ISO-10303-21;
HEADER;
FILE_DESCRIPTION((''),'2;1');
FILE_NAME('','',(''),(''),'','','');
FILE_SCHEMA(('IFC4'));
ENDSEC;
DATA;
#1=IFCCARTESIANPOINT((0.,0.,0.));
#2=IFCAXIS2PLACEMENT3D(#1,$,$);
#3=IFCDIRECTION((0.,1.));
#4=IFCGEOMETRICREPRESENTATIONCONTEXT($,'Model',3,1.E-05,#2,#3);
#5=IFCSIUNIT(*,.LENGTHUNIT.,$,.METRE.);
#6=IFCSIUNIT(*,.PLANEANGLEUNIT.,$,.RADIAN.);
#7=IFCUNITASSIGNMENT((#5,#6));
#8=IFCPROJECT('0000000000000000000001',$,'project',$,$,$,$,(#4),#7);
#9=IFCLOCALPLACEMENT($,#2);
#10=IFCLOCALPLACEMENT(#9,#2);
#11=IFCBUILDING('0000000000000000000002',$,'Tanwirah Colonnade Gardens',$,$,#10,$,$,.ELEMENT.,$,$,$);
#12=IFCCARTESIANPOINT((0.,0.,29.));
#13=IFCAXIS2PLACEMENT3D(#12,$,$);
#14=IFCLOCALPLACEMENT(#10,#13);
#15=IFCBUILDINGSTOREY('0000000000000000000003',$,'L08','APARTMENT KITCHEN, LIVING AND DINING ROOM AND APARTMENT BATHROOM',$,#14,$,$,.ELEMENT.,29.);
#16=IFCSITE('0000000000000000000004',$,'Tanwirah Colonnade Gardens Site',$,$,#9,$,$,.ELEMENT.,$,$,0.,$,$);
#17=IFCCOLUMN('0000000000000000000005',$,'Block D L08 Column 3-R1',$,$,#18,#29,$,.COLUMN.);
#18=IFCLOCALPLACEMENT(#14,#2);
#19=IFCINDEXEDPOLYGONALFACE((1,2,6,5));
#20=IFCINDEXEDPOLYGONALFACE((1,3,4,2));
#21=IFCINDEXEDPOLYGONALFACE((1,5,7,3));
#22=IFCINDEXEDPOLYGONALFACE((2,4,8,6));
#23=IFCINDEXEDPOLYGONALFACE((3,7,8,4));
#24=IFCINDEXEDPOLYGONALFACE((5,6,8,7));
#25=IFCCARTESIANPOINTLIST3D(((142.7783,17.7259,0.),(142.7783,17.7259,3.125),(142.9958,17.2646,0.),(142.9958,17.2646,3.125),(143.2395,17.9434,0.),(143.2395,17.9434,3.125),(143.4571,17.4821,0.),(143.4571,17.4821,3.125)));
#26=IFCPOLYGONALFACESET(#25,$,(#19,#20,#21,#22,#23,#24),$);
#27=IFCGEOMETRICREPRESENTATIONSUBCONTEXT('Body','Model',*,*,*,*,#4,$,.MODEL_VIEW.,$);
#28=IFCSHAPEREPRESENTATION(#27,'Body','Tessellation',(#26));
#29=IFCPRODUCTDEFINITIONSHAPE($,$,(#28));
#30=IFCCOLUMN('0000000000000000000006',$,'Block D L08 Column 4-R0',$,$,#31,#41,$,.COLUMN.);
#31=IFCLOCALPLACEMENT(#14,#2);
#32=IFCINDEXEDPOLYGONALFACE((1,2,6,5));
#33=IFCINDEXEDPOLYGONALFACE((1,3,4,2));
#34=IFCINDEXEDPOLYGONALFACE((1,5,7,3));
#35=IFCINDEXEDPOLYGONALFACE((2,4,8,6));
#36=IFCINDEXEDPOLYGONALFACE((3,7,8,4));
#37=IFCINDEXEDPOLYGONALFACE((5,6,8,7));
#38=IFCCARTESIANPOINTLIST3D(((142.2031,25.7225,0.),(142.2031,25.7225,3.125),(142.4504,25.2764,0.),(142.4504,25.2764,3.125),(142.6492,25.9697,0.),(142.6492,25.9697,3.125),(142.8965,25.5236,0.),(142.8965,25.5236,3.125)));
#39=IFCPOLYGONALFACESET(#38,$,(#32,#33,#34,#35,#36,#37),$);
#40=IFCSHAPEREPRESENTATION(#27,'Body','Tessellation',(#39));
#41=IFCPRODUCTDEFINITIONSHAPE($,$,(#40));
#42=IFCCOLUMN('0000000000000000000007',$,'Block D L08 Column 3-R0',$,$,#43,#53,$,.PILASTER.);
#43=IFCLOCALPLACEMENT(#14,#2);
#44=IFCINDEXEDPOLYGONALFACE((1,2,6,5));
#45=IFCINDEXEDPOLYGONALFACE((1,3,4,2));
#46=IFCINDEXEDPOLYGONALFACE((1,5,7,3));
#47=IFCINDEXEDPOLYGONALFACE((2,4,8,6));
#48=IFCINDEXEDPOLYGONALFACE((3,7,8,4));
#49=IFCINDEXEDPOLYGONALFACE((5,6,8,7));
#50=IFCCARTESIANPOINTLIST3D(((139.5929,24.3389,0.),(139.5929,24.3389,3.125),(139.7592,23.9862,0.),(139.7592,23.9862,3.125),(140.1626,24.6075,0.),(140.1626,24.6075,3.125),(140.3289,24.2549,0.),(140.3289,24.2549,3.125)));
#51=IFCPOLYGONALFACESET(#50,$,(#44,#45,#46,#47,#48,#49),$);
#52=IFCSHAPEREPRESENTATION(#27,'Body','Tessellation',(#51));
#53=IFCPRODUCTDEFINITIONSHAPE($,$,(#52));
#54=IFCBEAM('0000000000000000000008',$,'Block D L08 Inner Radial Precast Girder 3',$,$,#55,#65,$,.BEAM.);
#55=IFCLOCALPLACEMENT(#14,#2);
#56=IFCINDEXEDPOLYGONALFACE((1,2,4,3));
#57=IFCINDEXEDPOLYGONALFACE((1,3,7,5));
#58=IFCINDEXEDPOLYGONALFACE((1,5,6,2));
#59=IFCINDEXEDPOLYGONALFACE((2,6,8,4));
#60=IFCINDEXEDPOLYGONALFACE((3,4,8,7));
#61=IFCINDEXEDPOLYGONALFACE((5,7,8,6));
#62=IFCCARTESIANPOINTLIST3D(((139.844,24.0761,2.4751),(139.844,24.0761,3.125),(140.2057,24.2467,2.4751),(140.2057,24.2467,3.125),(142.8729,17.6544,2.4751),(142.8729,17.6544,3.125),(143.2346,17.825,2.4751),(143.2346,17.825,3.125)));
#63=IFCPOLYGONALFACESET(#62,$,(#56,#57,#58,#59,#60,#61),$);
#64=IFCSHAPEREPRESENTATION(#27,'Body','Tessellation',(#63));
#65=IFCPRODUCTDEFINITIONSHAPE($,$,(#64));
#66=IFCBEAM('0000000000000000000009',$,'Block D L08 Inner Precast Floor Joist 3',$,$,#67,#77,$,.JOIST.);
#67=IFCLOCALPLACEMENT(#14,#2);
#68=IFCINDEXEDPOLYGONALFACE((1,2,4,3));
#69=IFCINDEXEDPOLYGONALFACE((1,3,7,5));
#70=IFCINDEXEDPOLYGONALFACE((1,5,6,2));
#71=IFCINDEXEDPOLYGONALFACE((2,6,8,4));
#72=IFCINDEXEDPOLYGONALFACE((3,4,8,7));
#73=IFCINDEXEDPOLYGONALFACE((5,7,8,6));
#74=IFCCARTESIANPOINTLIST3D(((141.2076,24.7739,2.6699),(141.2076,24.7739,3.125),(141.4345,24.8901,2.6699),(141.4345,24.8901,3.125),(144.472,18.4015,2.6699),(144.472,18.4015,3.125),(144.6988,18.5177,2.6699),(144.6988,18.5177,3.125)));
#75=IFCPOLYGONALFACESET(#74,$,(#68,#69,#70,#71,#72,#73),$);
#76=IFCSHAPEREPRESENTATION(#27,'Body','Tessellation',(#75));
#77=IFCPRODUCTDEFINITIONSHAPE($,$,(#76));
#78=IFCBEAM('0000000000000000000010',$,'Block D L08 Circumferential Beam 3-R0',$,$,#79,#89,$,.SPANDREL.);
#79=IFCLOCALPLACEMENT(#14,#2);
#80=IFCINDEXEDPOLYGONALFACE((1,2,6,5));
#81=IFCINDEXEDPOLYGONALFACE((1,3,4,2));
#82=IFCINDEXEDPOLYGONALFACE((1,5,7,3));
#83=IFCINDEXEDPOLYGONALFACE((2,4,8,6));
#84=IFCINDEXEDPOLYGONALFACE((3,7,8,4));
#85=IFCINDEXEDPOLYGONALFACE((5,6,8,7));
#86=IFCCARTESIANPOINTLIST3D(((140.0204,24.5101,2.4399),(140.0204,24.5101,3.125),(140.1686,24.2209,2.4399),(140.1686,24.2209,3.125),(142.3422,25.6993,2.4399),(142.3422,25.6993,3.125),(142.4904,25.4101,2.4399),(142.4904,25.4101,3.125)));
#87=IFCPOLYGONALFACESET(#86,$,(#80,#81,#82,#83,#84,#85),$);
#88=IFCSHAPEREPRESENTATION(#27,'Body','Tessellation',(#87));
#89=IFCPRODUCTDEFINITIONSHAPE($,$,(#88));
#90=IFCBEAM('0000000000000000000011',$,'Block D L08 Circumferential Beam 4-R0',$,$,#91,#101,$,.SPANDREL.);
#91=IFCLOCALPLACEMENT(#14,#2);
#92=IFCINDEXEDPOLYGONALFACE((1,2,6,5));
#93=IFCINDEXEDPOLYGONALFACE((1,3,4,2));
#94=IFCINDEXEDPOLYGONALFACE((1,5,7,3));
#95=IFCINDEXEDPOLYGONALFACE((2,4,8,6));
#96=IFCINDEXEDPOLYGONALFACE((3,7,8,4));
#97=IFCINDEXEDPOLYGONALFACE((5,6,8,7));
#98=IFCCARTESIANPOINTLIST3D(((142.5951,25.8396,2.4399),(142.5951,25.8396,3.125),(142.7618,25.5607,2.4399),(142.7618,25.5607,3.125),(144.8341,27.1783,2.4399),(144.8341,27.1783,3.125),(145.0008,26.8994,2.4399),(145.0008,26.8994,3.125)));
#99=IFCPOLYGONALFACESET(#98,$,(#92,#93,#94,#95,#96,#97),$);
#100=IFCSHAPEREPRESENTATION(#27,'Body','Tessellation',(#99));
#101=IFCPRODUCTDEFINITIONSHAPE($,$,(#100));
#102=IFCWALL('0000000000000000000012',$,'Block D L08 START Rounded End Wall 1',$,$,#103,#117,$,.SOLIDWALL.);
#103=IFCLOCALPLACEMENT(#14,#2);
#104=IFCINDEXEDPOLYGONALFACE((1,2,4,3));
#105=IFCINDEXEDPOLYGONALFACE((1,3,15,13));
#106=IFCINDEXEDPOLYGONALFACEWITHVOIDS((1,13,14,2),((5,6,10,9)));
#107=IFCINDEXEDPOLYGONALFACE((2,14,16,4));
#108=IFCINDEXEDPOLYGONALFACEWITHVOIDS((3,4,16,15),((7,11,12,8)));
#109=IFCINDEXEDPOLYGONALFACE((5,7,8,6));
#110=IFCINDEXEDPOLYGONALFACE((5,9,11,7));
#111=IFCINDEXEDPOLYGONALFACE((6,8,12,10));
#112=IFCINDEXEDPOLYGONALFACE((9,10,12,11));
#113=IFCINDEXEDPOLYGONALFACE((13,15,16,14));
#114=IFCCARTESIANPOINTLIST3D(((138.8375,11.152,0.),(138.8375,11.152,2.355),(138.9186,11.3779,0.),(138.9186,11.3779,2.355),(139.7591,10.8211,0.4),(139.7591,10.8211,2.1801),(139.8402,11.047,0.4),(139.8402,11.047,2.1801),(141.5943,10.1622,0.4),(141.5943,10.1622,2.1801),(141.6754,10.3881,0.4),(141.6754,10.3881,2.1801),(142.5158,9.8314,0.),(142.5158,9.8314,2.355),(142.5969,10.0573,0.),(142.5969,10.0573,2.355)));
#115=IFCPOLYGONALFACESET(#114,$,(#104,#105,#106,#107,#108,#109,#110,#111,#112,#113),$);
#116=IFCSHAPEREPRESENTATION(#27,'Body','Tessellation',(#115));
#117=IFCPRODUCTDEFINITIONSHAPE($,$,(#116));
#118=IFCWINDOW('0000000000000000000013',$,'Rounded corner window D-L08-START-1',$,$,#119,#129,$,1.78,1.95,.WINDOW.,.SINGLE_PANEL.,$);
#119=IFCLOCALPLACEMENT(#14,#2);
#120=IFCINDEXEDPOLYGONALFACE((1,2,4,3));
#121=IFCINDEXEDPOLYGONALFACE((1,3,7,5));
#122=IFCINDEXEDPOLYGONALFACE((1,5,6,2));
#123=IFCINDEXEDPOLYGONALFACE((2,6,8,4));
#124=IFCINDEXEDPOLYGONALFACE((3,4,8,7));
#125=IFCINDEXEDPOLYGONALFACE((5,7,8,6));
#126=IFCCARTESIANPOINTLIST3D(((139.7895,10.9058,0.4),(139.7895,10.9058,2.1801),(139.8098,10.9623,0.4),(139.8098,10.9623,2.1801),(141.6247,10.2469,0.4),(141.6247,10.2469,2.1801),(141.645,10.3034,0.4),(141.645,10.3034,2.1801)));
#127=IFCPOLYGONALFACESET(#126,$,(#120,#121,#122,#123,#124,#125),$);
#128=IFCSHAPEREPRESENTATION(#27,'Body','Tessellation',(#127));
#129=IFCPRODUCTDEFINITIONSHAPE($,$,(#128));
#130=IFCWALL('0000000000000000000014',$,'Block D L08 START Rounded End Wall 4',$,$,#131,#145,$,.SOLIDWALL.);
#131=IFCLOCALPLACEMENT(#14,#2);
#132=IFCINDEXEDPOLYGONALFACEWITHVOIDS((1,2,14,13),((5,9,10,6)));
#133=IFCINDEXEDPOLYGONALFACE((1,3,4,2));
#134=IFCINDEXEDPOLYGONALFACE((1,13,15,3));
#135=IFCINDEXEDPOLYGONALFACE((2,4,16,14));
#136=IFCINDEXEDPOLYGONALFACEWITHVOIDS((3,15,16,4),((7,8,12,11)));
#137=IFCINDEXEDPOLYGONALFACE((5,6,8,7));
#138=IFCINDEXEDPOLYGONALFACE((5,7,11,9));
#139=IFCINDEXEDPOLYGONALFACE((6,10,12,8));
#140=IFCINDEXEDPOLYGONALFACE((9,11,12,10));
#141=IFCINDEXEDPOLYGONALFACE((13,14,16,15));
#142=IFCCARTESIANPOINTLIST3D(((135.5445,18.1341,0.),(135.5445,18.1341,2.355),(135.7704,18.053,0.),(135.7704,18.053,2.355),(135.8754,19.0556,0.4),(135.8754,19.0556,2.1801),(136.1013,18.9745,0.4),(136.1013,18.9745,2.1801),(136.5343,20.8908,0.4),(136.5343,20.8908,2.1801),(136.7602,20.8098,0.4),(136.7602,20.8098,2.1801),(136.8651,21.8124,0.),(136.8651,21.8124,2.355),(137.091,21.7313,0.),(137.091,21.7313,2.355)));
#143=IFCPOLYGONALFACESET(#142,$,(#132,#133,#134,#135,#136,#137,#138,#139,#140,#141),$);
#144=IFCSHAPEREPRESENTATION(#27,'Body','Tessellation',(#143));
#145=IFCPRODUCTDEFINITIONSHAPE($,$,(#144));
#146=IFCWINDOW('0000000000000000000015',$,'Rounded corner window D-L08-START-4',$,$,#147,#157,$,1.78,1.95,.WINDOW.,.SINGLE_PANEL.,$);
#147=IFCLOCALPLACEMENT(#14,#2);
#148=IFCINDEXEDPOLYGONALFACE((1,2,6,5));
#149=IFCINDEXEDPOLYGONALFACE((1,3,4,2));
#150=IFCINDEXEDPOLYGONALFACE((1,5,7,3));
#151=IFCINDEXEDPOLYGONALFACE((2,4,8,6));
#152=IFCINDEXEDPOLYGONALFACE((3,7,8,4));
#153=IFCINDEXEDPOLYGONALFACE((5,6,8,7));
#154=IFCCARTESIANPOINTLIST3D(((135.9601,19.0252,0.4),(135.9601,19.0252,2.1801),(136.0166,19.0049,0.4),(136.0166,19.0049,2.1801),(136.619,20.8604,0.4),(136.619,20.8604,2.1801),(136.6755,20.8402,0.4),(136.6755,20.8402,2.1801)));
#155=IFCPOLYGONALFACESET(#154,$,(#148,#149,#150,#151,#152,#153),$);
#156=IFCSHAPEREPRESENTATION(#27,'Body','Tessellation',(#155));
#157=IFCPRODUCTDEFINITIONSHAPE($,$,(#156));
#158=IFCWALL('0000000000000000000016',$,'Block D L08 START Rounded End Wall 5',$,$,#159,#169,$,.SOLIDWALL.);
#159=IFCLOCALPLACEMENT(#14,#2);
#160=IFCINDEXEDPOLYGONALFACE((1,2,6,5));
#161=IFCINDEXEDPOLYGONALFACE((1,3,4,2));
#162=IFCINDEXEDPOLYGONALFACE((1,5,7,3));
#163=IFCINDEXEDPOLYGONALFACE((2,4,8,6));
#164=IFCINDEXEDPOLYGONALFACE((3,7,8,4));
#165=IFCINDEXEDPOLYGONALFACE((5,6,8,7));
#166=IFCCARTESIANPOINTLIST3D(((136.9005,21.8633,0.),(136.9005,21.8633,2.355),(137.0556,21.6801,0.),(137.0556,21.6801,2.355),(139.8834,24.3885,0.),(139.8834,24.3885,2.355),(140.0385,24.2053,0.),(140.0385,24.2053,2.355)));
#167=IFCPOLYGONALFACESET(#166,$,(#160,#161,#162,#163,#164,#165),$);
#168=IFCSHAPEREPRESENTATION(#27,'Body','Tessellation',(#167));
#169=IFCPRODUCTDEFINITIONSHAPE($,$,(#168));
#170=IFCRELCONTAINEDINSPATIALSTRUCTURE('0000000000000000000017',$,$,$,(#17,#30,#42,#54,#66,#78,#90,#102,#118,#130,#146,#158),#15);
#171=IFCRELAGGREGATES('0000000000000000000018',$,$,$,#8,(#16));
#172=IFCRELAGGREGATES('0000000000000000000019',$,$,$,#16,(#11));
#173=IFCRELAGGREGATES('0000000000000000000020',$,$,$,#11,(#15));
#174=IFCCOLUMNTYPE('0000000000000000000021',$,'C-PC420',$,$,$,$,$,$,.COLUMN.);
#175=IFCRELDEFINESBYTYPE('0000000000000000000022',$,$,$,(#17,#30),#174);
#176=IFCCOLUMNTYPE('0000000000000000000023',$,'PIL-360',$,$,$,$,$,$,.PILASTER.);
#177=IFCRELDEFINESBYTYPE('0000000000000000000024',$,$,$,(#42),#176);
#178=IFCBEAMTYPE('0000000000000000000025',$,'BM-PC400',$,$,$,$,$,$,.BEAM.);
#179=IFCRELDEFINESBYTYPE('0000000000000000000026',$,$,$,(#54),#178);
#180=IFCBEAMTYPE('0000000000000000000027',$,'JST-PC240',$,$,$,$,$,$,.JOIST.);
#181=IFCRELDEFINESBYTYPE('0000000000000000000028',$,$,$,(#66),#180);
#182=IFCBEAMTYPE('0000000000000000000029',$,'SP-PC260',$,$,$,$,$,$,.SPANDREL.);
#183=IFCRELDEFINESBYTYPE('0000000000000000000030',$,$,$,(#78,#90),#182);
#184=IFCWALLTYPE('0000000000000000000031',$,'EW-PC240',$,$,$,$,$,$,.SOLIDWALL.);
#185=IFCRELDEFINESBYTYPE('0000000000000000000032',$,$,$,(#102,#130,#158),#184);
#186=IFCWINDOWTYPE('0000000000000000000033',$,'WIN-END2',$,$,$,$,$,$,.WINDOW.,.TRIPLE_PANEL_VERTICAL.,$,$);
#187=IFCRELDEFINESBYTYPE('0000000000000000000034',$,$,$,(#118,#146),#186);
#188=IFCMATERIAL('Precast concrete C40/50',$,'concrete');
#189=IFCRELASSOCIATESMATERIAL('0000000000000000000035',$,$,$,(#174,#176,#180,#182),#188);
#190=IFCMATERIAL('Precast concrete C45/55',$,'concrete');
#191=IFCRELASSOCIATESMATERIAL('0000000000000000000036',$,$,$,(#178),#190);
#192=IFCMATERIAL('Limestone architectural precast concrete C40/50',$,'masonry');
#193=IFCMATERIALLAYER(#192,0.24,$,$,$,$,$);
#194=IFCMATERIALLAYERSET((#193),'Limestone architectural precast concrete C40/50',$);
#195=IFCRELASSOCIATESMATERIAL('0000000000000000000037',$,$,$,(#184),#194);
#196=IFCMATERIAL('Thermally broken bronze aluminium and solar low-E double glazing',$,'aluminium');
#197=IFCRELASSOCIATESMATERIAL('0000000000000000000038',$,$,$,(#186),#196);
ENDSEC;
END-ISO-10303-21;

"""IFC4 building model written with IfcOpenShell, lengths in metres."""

from ifc_helpers import new_model, si_unit, direction, frame, frame_2d, origin, origin_2d, place, context, subcontext, project, spatial, rectangle, extrude, material, layer, layer_set, material_profile, profile_set, type_object, element, fill, save


model = new_model("IFC4")

# Units and contexts
model_context = context("Model", 3, precision=1e-05, world=origin(), true_north=direction((0.0, 1.0)))
body_context = subcontext(model_context, "Body", "Model", "MODEL_VIEW")
ifc_project = project(units=[si_unit("LENGTHUNIT", "METRE"), si_unit("PLANEANGLEUNIT", "RADIAN")], contexts=[model_context])

# Site, building, storey
site_placement = place(None, origin())
site = spatial("IfcSite", under=ifc_project, at=site_placement, Name="Tanwirah Colonnade Gardens Site", CompositionType="ELEMENT", RefElevation=0.0)
building_placement = place(site_placement, origin())
building = spatial("IfcBuilding", under=site, at=building_placement, Name="Tanwirah Colonnade Gardens", CompositionType="ELEMENT")
storey_placement = place(building_placement, frame((0.0, 0.0, 29.0)))
storey = spatial("IfcBuildingStorey", under=building, at=storey_placement, Name="L08", Description="APARTMENT KITCHEN, LIVING AND DINING ROOM AND APARTMENT BATHROOM", CompositionType="ELEMENT", Elevation=29.0)

# Columns
ifc_material_1 = material(Name="Precast concrete C40/50", Category="concrete")
ifc_material_profile_1 = material_profile(ifc_material_1, rectangle(XDim=0.51, YDim=0.51, at=origin_2d()), Name="PC-COL 510x510")
ifc_profile_set_1 = profile_set([ifc_material_profile_1], Name="Precast concrete C40/50")
column_type_1 = type_object("IfcColumnType", Name="C-PC420", PredefinedType="COLUMN", material=ifc_profile_set_1)
for number, where, z_axis, x_axis, name in (
    (1, (143.1177, 17.604, 0.0), (0.0, 0.0, 1.0), (0.426569, -0.904455, 0.0), "Block D L08 Column 3-R1"),
    (2, (142.5498, 25.623, 0.0), (0.0, 0.0, 1.0), (0.48481, -0.87462, 0.0), "Block D L08 Column 4-R0"),
):
    element("IfcColumn", number, at=place(storey_placement, frame(where, z_axis=z_axis, x_axis=x_axis)), inside=storey, type_object=column_type_1, Name=name, PredefinedType="COLUMN", context=body_context, shape_type="SweptSolid", body=[
        extrude(rectangle(XDim=0.51, YDim=0.51, at=origin_2d()), origin(), (0.0, 0.0, 1.0), 3.125),
    ])
ifc_material_profile_2 = material_profile(ifc_material_1, rectangle(XDim=0.3899, YDim=0.6299, at=origin_2d()), Name="PC-PIL 390x630")
ifc_profile_set_2 = profile_set([ifc_material_profile_2], Name="Precast concrete C40/50")
column_type_2 = type_object("IfcColumnType", Name="PIL-360", PredefinedType="PILASTER", material=ifc_profile_set_2)
column_placement = place(storey_placement, frame((139.9609, 24.2969, 0.0), z_axis=(0.0, 0.0, 1.0), x_axis=(0.426569, -0.904455, 0.0)))
element("IfcColumn", 3, at=column_placement, inside=storey, type_object=column_type_2, Name="Block D L08 Column 3-R0", PredefinedType="PILASTER", context=body_context, shape_type="SweptSolid", body=[
    extrude(rectangle(XDim=0.3899, YDim=0.6299, at=origin_2d()), origin(), (0.0, 0.0, 1.0), 3.125),
])

# Beams
ifc_material_2 = material(Name="Precast concrete C45/55", Category="concrete")
ifc_material_profile_3 = material_profile(ifc_material_2, rectangle(XDim=0.3999, YDim=0.6499, at=origin_2d()), Name="PC-BM 400x650")
ifc_profile_set_3 = profile_set([ifc_material_profile_3], Name="Precast concrete C45/55")
beam_type_1 = type_object("IfcBeamType", Name="BM-PC400", PredefinedType="BEAM", material=ifc_profile_set_3)
beam_1_placement = place(storey_placement, frame((143.0537, 17.7397, 2.8), z_axis=(-0.426588, 0.904446, 0.0), x_axis=(-0.904446, -0.426588, 0.0)))
element("IfcBeam", 4, at=beam_1_placement, inside=storey, type_object=beam_type_1, Name="Block D L08 Inner Radial Precast Girder 3", PredefinedType="BEAM", context=body_context, shape_type="SweptSolid", body=[
    extrude(rectangle(XDim=0.3999, YDim=0.6499, at=origin_2d()), origin(), (0.0, 0.0, 1.0), 7.1001),
])
ifc_material_profile_4 = material_profile(ifc_material_1, rectangle(XDim=0.2549, YDim=0.4551, at=origin_2d()), Name="PC-JST 255x455")
ifc_profile_set_4 = profile_set([ifc_material_profile_4], Name="Precast concrete C40/50")
beam_type_2 = type_object("IfcBeamType", Name="JST-PC240", PredefinedType="JOIST", material=ifc_profile_set_4)
beam_2_placement = place(storey_placement, frame((141.321, 24.832, 2.8975), z_axis=(0.455921, -0.89002, 0.0), x_axis=(0.89002, 0.455921, 0.0)))
element("IfcBeam", 5, at=beam_2_placement, inside=storey, type_object=beam_type_2, Name="Block D L08 Inner Precast Floor Joist 3", PredefinedType="JOIST", context=body_context, shape_type="SweptSolid", body=[
    extrude(rectangle(XDim=0.2549, YDim=0.4551, at=origin_2d()), origin(), (0.0, 0.0, 1.0), 7.1599),
])
ifc_material_profile_5 = material_profile(ifc_material_1, rectangle(XDim=0.325, YDim=0.6851, at=origin_2d()), Name="PC-SP 325x685")
ifc_profile_set_5 = profile_set([ifc_material_profile_5], Name="Precast concrete C40/50")
beam_type_3 = type_object("IfcBeamType", Name="SP-PC260", PredefinedType="SPANDREL", material=ifc_profile_set_5)
for number, where, z_axis, x_axis, name in (
    (6, (140.0945, 24.3655, 2.7825), (0.890042, 0.455878, 0.0), (-0.455878, 0.890042, 0.0), "Block D L08 Circumferential Beam 3-R0"),
    (7, (142.6785, 25.7002, 2.7825), (0.858301, 0.513146, 0.0), (-0.513146, 0.858301, 0.0), "Block D L08 Circumferential Beam 4-R0"),
):
    element("IfcBeam", number, at=place(storey_placement, frame(where, z_axis=z_axis, x_axis=x_axis)), inside=storey, type_object=beam_type_3, Name=name, PredefinedType="SPANDREL", context=body_context, shape_type="SweptSolid", body=[
        extrude(rectangle(XDim=0.325, YDim=0.6851, at=origin_2d()), origin(), (0.0, 0.0, 1.0), 2.6086),
    ])

# Wall, opening, window
ifc_material_3 = material(Name="Limestone architectural precast concrete C40/50", Category="masonry")
ifc_layer_1 = layer(ifc_material_3, 0.24)
ifc_layer_set_1 = layer_set([ifc_layer_1], Name="Limestone architectural precast concrete C40/50")
wall_type_1 = type_object("IfcWallType", Name="EW-PC240", PredefinedType="SOLIDWALL", material=ifc_layer_set_1)
wall_1_placement = place(storey_placement, frame((142.5564, 9.9443, 0.0), z_axis=(0.0, 0.0, 1.0), x_axis=(-0.941181, 0.337903, 0.0)))
wall_1 = element("IfcWall", 8, at=wall_1_placement, inside=storey, type_object=wall_type_1, Name="Block D L08 START Rounded End Wall 1", PredefinedType="SOLIDWALL", context=body_context, shape_type="SweptSolid", body=[
    extrude(rectangle(XDim=3.9082, YDim=0.24, at=frame_2d((1.9541, 0.0))), origin(), (0.0, 0.0, 1.0), 2.355),
])
opening_1_placement = place(wall_1_placement, frame((0.979, 0.0, 0.3999)))
opening_1 = element("IfcOpeningElement", 9, at=opening_1_placement, cuts=wall_1, PredefinedType="OPENING", context=body_context, shape_type="SweptSolid", body=[
    extrude(rectangle(XDim=1.95, YDim=1.78, at=frame_2d((0.9751, 0.8901))), frame((0.0, 0.1299, 0.0), z_axis=(0.0, -1.0, 0.0), x_axis=(1.0, 0.0, 0.0)), (0.0, 0.0, 1.0), 0.26),
])
ifc_material_4 = material(Name="Thermally broken bronze aluminium and solar low-E double glazing", Category="aluminium")
window_type = type_object("IfcWindowType", Name="WIN-END2", PartitioningType="TRIPLE_PANEL_VERTICAL", PredefinedType="WINDOW", material=ifc_material_4)
window_1_placement = place(opening_1_placement, origin())
window_1 = element("IfcWindow", 10, at=window_1_placement, inside=storey, type_object=window_type, Name="Rounded corner window D-L08-START-1", OverallHeight=1.78, OverallWidth=1.95, PartitioningType="SINGLE_PANEL", PredefinedType="WINDOW", context=body_context, shape_type="SweptSolid", body=[
    extrude(rectangle(XDim=1.95, YDim=1.78, at=frame_2d((0.9751, 0.8901))), frame((0.0, 0.03, 0.0), z_axis=(0.0, -1.0, 0.0), x_axis=(1.0, 0.0, 0.0)), (0.0, 0.0, 1.0), 0.0601),
])
fill(opening_1, window_1)

# Wall, opening, window
wall_2_placement = place(storey_placement, frame((135.6575, 18.0935, 0.0), z_axis=(0.0, 0.0, 1.0), x_axis=(0.337903, 0.941181, 0.0)))
wall_2 = element("IfcWall", 11, at=wall_2_placement, inside=storey, type_object=wall_type_1, Name="Block D L08 START Rounded End Wall 4", PredefinedType="SOLIDWALL", context=body_context, shape_type="SweptSolid", body=[
    extrude(rectangle(XDim=3.9082, YDim=0.24, at=frame_2d((1.9541, 0.0))), origin(), (0.0, 0.0, 1.0), 2.355),
])
opening_2_placement = place(wall_2_placement, frame((0.979, 0.0, 0.3999)))
opening_2 = element("IfcOpeningElement", 12, at=opening_2_placement, cuts=wall_2, PredefinedType="OPENING", context=body_context, shape_type="SweptSolid", body=[
    extrude(rectangle(XDim=1.95, YDim=1.78, at=frame_2d((0.9751, 0.8901))), frame((0.0, 0.1299, 0.0), z_axis=(0.0, -1.0, 0.0), x_axis=(1.0, 0.0, 0.0)), (0.0, 0.0, 1.0), 0.26),
])
window_2_placement = place(opening_2_placement, origin())
window_2 = element("IfcWindow", 13, at=window_2_placement, inside=storey, type_object=window_type, Name="Rounded corner window D-L08-START-4", OverallHeight=1.78, OverallWidth=1.95, PartitioningType="SINGLE_PANEL", PredefinedType="WINDOW", context=body_context, shape_type="SweptSolid", body=[
    extrude(rectangle(XDim=1.95, YDim=1.78, at=frame_2d((0.9751, 0.8901))), frame((0.0, 0.03, 0.0), z_axis=(0.0, -1.0, 0.0), x_axis=(1.0, 0.0, 0.0)), (0.0, 0.0, 1.0), 0.0601),
])
fill(opening_2, window_2)

# Wall
wall_3_placement = place(storey_placement, frame((136.978, 21.7717, 0.0), z_axis=(0.0, 0.0, 1.0), x_axis=(0.763242, 0.646113, 0.0)))
element("IfcWall", 14, at=wall_3_placement, inside=storey, type_object=wall_type_1, Name="Block D L08 START Rounded End Wall 5", PredefinedType="SOLIDWALL", context=body_context, shape_type="SweptSolid", body=[
    extrude(rectangle(XDim=3.9082, YDim=0.24, at=frame_2d((1.9541, 0.0))), origin(), (0.0, 0.0, 1.0), 2.355),
])

save(model, "model.ifc")
